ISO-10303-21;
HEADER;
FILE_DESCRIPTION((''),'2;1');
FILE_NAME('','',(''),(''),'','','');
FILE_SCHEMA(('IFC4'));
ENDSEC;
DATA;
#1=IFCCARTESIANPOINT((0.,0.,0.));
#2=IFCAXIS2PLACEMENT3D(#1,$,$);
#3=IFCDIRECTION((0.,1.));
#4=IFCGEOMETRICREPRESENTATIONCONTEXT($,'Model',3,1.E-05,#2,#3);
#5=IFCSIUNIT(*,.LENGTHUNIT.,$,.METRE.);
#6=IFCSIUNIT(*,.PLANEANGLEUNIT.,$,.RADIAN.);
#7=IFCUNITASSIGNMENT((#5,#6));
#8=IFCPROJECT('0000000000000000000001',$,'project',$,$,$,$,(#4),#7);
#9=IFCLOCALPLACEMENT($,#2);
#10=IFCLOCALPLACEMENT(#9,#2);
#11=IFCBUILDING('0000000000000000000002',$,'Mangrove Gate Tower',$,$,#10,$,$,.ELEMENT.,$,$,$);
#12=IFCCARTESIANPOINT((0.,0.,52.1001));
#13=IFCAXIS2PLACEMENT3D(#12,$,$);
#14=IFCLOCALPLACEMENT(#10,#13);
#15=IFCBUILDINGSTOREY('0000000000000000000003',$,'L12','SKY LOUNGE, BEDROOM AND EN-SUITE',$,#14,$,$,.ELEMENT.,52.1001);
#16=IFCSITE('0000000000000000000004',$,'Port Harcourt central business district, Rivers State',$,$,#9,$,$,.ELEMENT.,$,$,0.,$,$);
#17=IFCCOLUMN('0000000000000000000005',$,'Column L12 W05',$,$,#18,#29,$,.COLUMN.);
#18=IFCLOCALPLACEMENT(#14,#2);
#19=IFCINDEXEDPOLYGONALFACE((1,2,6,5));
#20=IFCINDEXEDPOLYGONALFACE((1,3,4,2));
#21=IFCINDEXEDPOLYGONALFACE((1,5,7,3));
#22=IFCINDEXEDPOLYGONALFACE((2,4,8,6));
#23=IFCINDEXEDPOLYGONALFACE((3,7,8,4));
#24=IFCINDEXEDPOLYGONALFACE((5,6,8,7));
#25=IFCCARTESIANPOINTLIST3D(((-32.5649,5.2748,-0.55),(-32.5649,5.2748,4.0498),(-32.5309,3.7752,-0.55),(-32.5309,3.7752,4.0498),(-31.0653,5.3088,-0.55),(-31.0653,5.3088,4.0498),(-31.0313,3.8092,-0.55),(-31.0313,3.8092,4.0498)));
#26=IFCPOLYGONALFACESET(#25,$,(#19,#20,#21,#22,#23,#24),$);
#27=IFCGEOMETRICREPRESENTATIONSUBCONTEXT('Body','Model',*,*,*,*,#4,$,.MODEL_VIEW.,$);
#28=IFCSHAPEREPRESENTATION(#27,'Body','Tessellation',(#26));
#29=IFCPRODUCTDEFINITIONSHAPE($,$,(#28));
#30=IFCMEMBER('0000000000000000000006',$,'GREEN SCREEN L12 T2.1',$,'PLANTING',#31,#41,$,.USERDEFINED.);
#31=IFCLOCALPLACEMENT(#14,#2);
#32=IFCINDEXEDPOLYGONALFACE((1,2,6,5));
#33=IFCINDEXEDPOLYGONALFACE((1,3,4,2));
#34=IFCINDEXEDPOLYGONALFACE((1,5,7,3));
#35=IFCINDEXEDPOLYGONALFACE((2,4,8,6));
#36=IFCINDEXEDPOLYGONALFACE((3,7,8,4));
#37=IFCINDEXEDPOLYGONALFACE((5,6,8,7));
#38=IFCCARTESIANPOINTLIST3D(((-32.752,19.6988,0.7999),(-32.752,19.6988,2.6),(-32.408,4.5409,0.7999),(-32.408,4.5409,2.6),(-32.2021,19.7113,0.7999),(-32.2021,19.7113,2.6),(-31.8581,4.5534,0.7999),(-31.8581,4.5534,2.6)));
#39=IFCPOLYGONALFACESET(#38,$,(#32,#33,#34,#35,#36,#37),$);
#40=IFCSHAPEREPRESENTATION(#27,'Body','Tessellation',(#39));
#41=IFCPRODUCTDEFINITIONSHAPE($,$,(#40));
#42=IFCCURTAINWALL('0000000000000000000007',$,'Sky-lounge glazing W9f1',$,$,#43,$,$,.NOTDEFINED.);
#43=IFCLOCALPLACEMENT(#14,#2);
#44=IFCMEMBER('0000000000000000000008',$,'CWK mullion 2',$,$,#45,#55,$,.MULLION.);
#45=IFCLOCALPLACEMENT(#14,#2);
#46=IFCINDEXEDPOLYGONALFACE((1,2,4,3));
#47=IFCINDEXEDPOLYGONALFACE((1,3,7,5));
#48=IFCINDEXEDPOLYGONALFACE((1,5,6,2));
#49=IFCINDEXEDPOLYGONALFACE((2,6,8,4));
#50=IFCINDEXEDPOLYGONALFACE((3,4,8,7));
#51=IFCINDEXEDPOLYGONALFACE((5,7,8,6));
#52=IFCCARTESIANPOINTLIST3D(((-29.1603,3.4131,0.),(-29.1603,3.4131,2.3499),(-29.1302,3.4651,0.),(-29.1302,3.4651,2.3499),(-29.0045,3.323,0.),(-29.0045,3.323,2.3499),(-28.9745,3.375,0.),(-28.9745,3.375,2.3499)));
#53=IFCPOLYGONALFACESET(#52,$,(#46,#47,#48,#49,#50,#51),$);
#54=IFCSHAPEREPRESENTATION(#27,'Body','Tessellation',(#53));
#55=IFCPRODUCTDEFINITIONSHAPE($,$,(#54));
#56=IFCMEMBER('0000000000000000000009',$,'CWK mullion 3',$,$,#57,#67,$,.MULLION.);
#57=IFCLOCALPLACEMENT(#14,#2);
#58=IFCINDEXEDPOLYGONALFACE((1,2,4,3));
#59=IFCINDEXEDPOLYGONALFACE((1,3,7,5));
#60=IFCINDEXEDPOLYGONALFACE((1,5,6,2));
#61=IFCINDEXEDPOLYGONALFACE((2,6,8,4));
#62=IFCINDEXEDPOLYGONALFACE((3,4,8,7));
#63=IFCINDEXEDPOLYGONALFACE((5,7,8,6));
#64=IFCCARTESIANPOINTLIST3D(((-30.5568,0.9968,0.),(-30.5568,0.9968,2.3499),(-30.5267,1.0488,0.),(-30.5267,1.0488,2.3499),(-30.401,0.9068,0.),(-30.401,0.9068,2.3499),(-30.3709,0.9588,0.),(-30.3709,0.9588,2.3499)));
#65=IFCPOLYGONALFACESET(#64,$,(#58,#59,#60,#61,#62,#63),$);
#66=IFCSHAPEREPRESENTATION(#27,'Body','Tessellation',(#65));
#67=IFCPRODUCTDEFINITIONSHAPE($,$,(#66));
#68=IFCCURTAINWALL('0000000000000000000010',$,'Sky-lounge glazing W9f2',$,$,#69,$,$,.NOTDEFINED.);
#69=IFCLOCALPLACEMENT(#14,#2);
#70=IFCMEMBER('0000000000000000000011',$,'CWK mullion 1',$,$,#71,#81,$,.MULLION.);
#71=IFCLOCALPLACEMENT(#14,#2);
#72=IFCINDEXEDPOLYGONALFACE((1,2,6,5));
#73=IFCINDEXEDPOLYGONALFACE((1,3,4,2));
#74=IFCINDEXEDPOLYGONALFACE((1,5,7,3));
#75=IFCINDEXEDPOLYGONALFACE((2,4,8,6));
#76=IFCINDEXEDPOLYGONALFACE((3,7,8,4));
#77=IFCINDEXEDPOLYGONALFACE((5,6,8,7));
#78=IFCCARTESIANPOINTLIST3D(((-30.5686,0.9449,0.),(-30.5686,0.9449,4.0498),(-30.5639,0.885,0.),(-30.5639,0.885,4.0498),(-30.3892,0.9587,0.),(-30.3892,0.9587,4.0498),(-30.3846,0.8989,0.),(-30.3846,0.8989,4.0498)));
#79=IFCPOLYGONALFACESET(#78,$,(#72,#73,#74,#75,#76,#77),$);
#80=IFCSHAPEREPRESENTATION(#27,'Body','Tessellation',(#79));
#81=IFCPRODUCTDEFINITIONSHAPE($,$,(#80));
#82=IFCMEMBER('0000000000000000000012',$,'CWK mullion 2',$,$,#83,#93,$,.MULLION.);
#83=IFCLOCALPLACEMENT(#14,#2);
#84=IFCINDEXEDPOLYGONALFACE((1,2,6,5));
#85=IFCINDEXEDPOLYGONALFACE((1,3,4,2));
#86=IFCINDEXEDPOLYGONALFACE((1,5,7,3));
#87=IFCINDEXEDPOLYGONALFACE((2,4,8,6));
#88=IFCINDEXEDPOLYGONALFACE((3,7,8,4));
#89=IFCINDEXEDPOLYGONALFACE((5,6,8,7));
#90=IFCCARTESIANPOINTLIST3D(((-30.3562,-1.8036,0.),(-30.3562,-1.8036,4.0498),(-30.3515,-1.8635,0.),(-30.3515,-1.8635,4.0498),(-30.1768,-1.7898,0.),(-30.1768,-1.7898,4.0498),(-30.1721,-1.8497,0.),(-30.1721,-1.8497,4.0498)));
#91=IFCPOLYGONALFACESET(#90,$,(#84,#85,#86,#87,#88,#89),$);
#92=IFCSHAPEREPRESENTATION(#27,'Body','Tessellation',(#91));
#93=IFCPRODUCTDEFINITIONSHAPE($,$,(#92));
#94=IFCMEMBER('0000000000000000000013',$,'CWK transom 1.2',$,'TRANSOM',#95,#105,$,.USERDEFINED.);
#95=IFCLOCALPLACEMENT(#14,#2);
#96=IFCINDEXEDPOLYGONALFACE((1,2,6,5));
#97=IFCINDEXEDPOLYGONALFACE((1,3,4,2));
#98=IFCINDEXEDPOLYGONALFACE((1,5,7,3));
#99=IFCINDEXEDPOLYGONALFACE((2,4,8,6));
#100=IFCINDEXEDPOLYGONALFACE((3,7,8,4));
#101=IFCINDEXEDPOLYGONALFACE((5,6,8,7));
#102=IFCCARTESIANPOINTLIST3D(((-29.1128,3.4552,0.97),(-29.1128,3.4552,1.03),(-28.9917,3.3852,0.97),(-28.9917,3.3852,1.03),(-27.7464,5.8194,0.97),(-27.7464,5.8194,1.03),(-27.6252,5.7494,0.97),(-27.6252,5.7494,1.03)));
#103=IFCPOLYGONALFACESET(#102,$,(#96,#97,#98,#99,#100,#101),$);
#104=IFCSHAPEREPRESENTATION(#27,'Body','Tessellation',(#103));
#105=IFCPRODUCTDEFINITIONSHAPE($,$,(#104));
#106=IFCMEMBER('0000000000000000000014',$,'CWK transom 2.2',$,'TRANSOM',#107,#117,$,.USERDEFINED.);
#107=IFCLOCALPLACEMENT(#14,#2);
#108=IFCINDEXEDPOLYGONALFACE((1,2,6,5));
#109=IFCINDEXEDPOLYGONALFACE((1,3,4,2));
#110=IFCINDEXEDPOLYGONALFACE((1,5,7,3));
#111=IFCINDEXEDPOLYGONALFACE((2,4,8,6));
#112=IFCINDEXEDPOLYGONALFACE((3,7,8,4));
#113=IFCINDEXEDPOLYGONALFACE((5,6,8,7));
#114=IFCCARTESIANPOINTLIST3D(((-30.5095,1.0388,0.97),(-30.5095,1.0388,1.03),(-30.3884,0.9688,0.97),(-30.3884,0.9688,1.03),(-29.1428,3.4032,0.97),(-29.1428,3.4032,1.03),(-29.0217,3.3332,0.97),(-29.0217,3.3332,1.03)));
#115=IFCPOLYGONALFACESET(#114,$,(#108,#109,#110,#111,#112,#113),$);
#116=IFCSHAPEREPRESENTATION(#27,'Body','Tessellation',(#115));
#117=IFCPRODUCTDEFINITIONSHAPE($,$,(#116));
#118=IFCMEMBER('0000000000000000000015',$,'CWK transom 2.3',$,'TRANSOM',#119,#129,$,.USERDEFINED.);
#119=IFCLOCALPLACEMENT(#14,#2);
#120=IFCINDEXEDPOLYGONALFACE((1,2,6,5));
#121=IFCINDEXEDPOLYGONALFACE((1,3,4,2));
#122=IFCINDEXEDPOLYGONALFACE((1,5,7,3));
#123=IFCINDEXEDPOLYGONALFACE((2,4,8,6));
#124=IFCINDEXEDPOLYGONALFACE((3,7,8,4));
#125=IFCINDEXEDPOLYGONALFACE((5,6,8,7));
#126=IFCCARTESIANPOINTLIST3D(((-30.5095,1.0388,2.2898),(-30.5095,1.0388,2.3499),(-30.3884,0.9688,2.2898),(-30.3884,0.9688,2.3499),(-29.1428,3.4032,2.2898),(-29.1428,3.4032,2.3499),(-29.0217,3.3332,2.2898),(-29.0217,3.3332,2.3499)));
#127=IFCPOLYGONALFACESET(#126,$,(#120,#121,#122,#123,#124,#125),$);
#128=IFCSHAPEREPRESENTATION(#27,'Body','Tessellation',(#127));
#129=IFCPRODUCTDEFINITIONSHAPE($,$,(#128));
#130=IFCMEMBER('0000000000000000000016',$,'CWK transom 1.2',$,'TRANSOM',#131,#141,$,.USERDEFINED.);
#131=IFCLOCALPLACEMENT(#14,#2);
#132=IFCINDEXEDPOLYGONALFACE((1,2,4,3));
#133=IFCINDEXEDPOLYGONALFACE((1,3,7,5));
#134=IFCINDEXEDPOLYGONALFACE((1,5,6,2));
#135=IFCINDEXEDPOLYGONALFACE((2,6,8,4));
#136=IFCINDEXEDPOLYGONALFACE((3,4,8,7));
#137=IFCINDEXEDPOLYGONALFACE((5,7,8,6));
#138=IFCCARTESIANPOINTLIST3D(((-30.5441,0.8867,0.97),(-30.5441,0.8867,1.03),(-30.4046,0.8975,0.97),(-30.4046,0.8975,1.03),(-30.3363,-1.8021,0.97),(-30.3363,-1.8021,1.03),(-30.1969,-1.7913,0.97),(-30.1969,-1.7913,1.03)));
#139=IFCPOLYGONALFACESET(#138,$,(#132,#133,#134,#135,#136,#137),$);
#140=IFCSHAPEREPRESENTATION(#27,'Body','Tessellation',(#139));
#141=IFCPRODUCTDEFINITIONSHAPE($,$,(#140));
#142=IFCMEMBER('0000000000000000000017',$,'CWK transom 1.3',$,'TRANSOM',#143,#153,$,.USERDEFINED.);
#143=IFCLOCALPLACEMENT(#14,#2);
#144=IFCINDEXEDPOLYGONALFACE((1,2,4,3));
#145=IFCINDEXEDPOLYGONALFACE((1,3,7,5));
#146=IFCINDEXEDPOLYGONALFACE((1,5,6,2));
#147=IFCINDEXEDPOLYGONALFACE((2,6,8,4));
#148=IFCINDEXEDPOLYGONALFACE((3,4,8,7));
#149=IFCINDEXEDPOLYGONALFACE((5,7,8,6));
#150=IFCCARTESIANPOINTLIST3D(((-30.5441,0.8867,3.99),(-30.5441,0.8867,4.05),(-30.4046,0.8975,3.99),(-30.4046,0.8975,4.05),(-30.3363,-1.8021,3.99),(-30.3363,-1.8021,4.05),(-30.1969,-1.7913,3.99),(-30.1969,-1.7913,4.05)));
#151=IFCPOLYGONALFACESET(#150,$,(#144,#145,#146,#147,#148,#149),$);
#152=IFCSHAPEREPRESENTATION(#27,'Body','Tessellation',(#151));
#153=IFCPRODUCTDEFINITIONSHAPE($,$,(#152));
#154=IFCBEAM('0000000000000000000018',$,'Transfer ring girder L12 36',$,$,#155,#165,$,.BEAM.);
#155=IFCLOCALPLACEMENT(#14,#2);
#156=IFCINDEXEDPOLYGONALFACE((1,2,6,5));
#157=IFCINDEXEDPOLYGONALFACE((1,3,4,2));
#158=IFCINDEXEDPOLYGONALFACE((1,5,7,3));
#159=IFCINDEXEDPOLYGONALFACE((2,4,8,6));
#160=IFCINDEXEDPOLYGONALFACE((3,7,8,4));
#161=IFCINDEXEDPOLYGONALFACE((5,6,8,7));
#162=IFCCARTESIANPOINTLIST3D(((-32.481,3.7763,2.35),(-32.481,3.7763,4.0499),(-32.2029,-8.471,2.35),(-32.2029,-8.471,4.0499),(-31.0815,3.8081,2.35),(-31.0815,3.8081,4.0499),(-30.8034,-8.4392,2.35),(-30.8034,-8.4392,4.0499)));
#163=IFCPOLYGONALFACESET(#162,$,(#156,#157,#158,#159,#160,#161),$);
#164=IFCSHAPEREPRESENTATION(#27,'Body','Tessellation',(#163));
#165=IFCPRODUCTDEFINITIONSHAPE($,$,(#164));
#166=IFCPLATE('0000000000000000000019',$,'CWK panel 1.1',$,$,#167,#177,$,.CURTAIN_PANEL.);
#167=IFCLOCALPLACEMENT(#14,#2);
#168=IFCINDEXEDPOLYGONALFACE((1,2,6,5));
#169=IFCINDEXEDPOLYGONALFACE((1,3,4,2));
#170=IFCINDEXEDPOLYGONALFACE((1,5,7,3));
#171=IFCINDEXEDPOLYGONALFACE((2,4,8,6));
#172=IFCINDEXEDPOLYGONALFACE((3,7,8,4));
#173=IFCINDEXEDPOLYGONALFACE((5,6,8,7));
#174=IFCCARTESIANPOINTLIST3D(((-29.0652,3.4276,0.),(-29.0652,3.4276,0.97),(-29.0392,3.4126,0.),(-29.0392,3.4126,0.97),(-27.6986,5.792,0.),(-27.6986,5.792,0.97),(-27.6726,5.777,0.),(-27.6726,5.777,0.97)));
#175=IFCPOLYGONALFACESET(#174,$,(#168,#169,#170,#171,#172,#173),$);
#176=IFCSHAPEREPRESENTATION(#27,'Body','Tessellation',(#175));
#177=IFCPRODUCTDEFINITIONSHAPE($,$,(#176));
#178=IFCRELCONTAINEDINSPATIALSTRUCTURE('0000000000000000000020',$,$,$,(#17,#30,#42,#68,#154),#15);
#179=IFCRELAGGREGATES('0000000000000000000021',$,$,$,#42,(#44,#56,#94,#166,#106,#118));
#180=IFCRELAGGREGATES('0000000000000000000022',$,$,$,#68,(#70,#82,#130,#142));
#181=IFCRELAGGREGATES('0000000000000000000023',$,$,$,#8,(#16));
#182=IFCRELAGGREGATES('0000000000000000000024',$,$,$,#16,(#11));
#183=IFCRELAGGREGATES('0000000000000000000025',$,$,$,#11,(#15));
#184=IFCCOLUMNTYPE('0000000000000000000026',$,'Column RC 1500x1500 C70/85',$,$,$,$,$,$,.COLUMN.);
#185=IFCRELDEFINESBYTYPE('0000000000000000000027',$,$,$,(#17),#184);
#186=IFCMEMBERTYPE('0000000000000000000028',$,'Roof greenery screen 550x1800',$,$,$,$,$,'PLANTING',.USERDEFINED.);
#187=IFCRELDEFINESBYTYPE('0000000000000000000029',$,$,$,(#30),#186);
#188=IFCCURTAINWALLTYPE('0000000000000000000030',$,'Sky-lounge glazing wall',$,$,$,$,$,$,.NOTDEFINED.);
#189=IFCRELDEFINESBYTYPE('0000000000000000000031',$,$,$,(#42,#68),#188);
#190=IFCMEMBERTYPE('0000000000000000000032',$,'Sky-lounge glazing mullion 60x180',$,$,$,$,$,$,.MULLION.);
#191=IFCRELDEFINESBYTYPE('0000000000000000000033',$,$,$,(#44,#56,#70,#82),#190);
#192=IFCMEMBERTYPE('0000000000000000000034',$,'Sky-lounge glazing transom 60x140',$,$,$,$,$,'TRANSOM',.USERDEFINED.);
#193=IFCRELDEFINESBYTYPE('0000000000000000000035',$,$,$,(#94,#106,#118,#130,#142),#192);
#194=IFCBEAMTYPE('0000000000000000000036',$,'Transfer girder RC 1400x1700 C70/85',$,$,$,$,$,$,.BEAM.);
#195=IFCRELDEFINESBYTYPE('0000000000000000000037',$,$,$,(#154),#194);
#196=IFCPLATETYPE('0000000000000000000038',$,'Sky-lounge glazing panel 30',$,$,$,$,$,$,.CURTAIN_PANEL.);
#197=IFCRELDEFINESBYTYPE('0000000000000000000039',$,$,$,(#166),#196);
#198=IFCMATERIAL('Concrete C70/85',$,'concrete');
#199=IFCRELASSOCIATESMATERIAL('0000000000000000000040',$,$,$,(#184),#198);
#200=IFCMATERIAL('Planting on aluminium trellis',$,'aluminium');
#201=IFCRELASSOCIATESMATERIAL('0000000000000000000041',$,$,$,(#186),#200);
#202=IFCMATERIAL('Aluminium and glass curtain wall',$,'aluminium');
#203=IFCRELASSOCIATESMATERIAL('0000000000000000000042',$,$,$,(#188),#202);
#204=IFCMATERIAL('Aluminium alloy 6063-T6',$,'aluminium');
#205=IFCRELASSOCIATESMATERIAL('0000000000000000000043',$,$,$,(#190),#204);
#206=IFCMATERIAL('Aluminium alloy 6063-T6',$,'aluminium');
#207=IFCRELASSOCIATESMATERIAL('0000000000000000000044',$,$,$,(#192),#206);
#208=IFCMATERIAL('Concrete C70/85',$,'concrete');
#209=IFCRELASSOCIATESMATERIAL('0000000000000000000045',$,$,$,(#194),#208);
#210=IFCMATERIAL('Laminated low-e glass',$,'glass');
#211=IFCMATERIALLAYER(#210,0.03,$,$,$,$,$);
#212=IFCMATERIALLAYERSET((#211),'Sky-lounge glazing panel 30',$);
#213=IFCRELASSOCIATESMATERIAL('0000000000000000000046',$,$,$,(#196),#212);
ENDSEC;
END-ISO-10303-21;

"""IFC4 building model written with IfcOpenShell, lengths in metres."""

from ifc_helpers import new_model, si_unit, direction, frame, origin, origin_2d, place, context, subcontext, project, spatial, rectangle, extrude, material, layer, layer_set, material_profile, profile_set, type_object, element, aggregate, save


model = new_model("IFC4")

# Units and contexts
model_context = context("Model", 3, precision=1e-05, world=origin(), true_north=direction((0.0, 1.0)))
body_context = subcontext(model_context, "Body", "Model", "MODEL_VIEW")
ifc_project = project(units=[si_unit("LENGTHUNIT", "METRE"), si_unit("PLANEANGLEUNIT", "RADIAN")], contexts=[model_context])

# Site, building, storey
site_placement = place(None, origin())
site = spatial("IfcSite", under=ifc_project, at=site_placement, Name="Port Harcourt central business district, Rivers State", CompositionType="ELEMENT", RefElevation=0.0)
building_placement = place(site_placement, origin())
building = spatial("IfcBuilding", under=site, at=building_placement, Name="Mangrove Gate Tower", CompositionType="ELEMENT")
storey_placement = place(building_placement, frame((0.0, 0.0, 52.1001)))
storey = spatial("IfcBuildingStorey", under=building, at=storey_placement, Name="L12", Description="SKY LOUNGE, BEDROOM AND EN-SUITE", CompositionType="ELEMENT", Elevation=52.1001)

# Column
ifc_material_1 = material(Name="Concrete C70/85", Category="concrete")
ifc_material_profile_1 = material_profile(ifc_material_1, rectangle(XDim=1.5, YDim=1.5, at=origin_2d()))
ifc_profile_set_1 = profile_set([ifc_material_profile_1], Name="Concrete C70/85")
column_type = type_object("IfcColumnType", Name="Column RC 1500x1500 C70/85", PredefinedType="COLUMN", material=ifc_profile_set_1)
column_placement = place(storey_placement, frame((-31.7981, 4.542, -0.55), z_axis=(0.0, 0.0, 1.0), x_axis=(0.02268, -0.999743, 0.0)))
element("IfcColumn", 1, at=column_placement, inside=storey, type_object=column_type, Name="Column L12 W05", PredefinedType="COLUMN", context=body_context, shape_type="SweptSolid", body=[
    extrude(rectangle(XDim=1.5, YDim=1.5, at=origin_2d()), origin(), (0.0, 0.0, 1.0), 4.5999),
])

# Member
ifc_material_2 = material(Name="Planting on aluminium trellis", Category="aluminium")
ifc_material_profile_2 = material_profile(ifc_material_2, rectangle(XDim=0.55, YDim=1.8, at=origin_2d()))
ifc_profile_set_2 = profile_set([ifc_material_profile_2], Name="Planting on aluminium trellis")
member_type_1 = type_object("IfcMemberType", Name="Roof greenery screen 550x1800", ElementType="PLANTING", PredefinedType="USERDEFINED", material=ifc_profile_set_2)
member_1_placement = place(storey_placement, frame((-32.1331, 4.5471, 1.7), z_axis=(-0.022688, 0.999743, 0.0), x_axis=(-0.999743, -0.022688, 0.0)))
element("IfcMember", 2, at=member_1_placement, inside=storey, type_object=member_type_1, Name="GREEN SCREEN L12 T2.1", ObjectType="PLANTING", PredefinedType="USERDEFINED", context=body_context, shape_type="SweptSolid", body=[
    extrude(rectangle(XDim=0.55, YDim=1.8, at=origin_2d()), origin(), (0.0, 0.0, 1.0), 15.1619),
])

# Curtain walls, members
ifc_material_3 = material(Name="Aluminium and glass curtain wall", Category="aluminium")
curtain_wall_type = type_object("IfcCurtainWallType", Name="Sky-lounge glazing wall", PredefinedType="NOTDEFINED", material=ifc_material_3)
curtain_wall_1_placement = place(storey_placement, origin())
curtain_wall_1 = element("IfcCurtainWall", 3, at=curtain_wall_1_placement, inside=storey, type_object=curtain_wall_type, Name="Sky-lounge glazing W9f1", PredefinedType="NOTDEFINED")
ifc_material_4 = material(Name="Aluminium alloy 6063-T6", Category="aluminium")
ifc_material_profile_3 = material_profile(ifc_material_4, rectangle(XDim=0.0601, YDim=0.1799, at=origin_2d()))
ifc_profile_set_3 = profile_set([ifc_material_profile_3], Name="Aluminium alloy 6063-T6")
member_type_2 = type_object("IfcMemberType", Name="Sky-lounge glazing mullion 60x180", PredefinedType="MULLION", material=ifc_profile_set_3)
member_2_placement = place(storey_placement, frame((-29.0674, 3.394, 0.0), z_axis=(0.0, 0.0, 1.0), x_axis=(-0.500418, -0.865784, 0.0)))
member_2 = element("IfcMember", 4, at=member_2_placement, type_object=member_type_2, Name="CWK mullion 2", PredefinedType="MULLION", context=body_context, shape_type="SweptSolid", body=[
    extrude(rectangle(XDim=0.0601, YDim=0.1799, at=origin_2d()), origin(), (0.0, 0.0, 1.0), 2.3499),
])
member_3_placement = place(storey_placement, frame((-30.4639, 0.9778, 0.0), z_axis=(0.0, 0.0, 1.0), x_axis=(-0.500418, -0.865784, 0.0)))
member_3 = element("IfcMember", 5, at=member_3_placement, type_object=member_type_2, Name="CWK mullion 3", PredefinedType="MULLION", context=body_context, shape_type="SweptSolid", body=[
    extrude(rectangle(XDim=0.0601, YDim=0.1799, at=origin_2d()), origin(), (0.0, 0.0, 1.0), 2.3499),
])
curtain_wall_2_placement = place(storey_placement, origin())
curtain_wall_2 = element("IfcCurtainWall", 6, at=curtain_wall_2_placement, inside=storey, type_object=curtain_wall_type, Name="Sky-lounge glazing W9f2", PredefinedType="NOTDEFINED")
member_4_placement = place(storey_placement, frame((-30.4766, 0.9219, 0.0), z_axis=(0.0, 0.0, 1.0), x_axis=(0.077023, -0.997029, 0.0)))
member_4 = element("IfcMember", 7, at=member_4_placement, type_object=member_type_2, Name="CWK mullion 1", PredefinedType="MULLION", context=body_context, shape_type="SweptSolid", body=[
    extrude(rectangle(XDim=0.0601, YDim=0.1799, at=origin_2d()), origin(), (0.0, 0.0, 1.0), 4.0498),
])
member_5_placement = place(storey_placement, frame((-30.2642, -1.8267, 0.0), z_axis=(0.0, 0.0, 1.0), x_axis=(0.077023, -0.997029, 0.0)))
member_5 = element("IfcMember", 8, at=member_5_placement, type_object=member_type_2, Name="CWK mullion 2", PredefinedType="MULLION", context=body_context, shape_type="SweptSolid", body=[
    extrude(rectangle(XDim=0.0601, YDim=0.1799, at=origin_2d()), origin(), (0.0, 0.0, 1.0), 4.0498),
])

# Members
ifc_material_5 = material(Name="Aluminium alloy 6063-T6", Category="aluminium")
ifc_material_profile_4 = material_profile(ifc_material_5, rectangle(XDim=0.0601, YDim=0.1399, at=origin_2d()))
ifc_profile_set_4 = profile_set([ifc_material_profile_4], Name="Aluminium alloy 6063-T6")
member_type_3 = type_object("IfcMemberType", Name="Sky-lounge glazing transom 60x140", ElementType="TRANSOM", PredefinedType="USERDEFINED", material=ifc_profile_set_4)
member_6_placement = place(storey_placement, frame((-27.6858, 5.7844, 1.0), z_axis=(-0.500398, -0.865795, 0.0), x_axis=(0.0, 0.0, 1.0)))
member_6 = element("IfcMember", 9, at=member_6_placement, type_object=member_type_3, Name="CWK transom 1.2", ObjectType="TRANSOM", PredefinedType="USERDEFINED", context=body_context, shape_type="SweptSolid", body=[
    extrude(rectangle(XDim=0.0601, YDim=0.1399, at=origin_2d()), origin(), (0.0, 0.0, 1.0), 2.7307),
])
member_7_placement = place(storey_placement, frame((-29.0823, 3.3682, 1.0), z_axis=(-0.500427, -0.865779, 0.0), x_axis=(0.0, 0.0, 1.0)))
member_7 = element("IfcMember", 10, at=member_7_placement, type_object=member_type_3, Name="CWK transom 2.2", ObjectType="TRANSOM", PredefinedType="USERDEFINED", context=body_context, shape_type="SweptSolid", body=[
    extrude(rectangle(XDim=0.0601, YDim=0.1399, at=origin_2d()), origin(), (0.0, 0.0, 1.0), 2.731),
])
member_8_placement = place(storey_placement, frame((-29.0823, 3.3682, 2.3198), z_axis=(-0.500427, -0.865779, 0.0), x_axis=(0.0, 0.0, 1.0)))
member_8 = element("IfcMember", 11, at=member_8_placement, type_object=member_type_3, Name="CWK transom 2.3", ObjectType="TRANSOM", PredefinedType="USERDEFINED", context=body_context, shape_type="SweptSolid", body=[
    extrude(rectangle(XDim=0.0601, YDim=0.1399, at=origin_2d()), origin(), (0.0, 0.0, 1.0), 2.731),
])
member_9_placement = place(storey_placement, frame((-30.4744, 0.8921, 1.0), z_axis=(0.077043, -0.997028, 0.0), x_axis=(0.0, 0.0, 1.0)))
member_9 = element("IfcMember", 12, at=member_9_placement, type_object=member_type_3, Name="CWK transom 1.2", ObjectType="TRANSOM", PredefinedType="USERDEFINED", context=body_context, shape_type="SweptSolid", body=[
    extrude(rectangle(XDim=0.0601, YDim=0.1399, at=origin_2d()), origin(), (0.0, 0.0, 1.0), 2.6968),
])
member_10_placement = place(storey_placement, frame((-30.4744, 0.8921, 4.02), z_axis=(0.077043, -0.997028, 0.0), x_axis=(0.0, 0.0, 1.0)))
member_10 = element("IfcMember", 13, at=member_10_placement, type_object=member_type_3, Name="CWK transom 1.3", ObjectType="TRANSOM", PredefinedType="USERDEFINED", context=body_context, shape_type="SweptSolid", body=[
    extrude(rectangle(XDim=0.0601, YDim=0.1399, at=origin_2d()), origin(), (0.0, 0.0, 1.0), 2.6968),
])

# Beam
ifc_material_6 = material(Name="Concrete C70/85", Category="concrete")
ifc_material_profile_5 = material_profile(ifc_material_6, rectangle(XDim=1.3999, YDim=1.7, at=origin_2d()))
ifc_profile_set_5 = profile_set([ifc_material_profile_5], Name="Concrete C70/85")
beam_type = type_object("IfcBeamType", Name="Transfer girder RC 1400x1700 C70/85", PredefinedType="BEAM", material=ifc_profile_set_5)
beam_placement = place(storey_placement, frame((-31.7812, 3.7922, 3.2), z_axis=(0.022699, -0.999742, 0.0), x_axis=(0.999742, 0.022699, 0.0)))
element("IfcBeam", 14, at=beam_placement, inside=storey, type_object=beam_type, Name="Transfer ring girder L12 36", PredefinedType="BEAM", context=body_context, shape_type="SweptSolid", body=[
    extrude(rectangle(XDim=1.3999, YDim=1.7, at=origin_2d()), origin(), (0.0, 0.0, 1.0), 12.2505),
])

# Plate
ifc_material_7 = material(Name="Laminated low-e glass", Category="glass")
ifc_layer_1 = layer(ifc_material_7, 0.03)
ifc_layer_set_1 = layer_set([ifc_layer_1], Name="Sky-lounge glazing panel 30")
plate_type = type_object("IfcPlateType", Name="Sky-lounge glazing panel 30", PredefinedType="CURTAIN_PANEL", material=ifc_layer_set_1)
plate_1_placement = place(storey_placement, frame((-28.3689, 4.6023, 0.0), z_axis=(0.0, 0.0, 1.0), x_axis=(-0.500418, -0.865784, 0.0)))
plate_1 = element("IfcPlate", 15, at=plate_1_placement, type_object=plate_type, Name="CWK panel 1.1", PredefinedType="CURTAIN_PANEL", context=body_context, shape_type="SweptSolid", body=[
    extrude(rectangle(XDim=2.731, YDim=0.03, at=origin_2d()), origin(), (0.0, 0.0, 1.0), 0.97),
])
aggregate(curtain_wall_1, [member_2, member_3, member_6, plate_1, member_7, member_8])
aggregate(curtain_wall_2, [member_4, member_5, member_9, member_10])

save(model, "model.ifc")
